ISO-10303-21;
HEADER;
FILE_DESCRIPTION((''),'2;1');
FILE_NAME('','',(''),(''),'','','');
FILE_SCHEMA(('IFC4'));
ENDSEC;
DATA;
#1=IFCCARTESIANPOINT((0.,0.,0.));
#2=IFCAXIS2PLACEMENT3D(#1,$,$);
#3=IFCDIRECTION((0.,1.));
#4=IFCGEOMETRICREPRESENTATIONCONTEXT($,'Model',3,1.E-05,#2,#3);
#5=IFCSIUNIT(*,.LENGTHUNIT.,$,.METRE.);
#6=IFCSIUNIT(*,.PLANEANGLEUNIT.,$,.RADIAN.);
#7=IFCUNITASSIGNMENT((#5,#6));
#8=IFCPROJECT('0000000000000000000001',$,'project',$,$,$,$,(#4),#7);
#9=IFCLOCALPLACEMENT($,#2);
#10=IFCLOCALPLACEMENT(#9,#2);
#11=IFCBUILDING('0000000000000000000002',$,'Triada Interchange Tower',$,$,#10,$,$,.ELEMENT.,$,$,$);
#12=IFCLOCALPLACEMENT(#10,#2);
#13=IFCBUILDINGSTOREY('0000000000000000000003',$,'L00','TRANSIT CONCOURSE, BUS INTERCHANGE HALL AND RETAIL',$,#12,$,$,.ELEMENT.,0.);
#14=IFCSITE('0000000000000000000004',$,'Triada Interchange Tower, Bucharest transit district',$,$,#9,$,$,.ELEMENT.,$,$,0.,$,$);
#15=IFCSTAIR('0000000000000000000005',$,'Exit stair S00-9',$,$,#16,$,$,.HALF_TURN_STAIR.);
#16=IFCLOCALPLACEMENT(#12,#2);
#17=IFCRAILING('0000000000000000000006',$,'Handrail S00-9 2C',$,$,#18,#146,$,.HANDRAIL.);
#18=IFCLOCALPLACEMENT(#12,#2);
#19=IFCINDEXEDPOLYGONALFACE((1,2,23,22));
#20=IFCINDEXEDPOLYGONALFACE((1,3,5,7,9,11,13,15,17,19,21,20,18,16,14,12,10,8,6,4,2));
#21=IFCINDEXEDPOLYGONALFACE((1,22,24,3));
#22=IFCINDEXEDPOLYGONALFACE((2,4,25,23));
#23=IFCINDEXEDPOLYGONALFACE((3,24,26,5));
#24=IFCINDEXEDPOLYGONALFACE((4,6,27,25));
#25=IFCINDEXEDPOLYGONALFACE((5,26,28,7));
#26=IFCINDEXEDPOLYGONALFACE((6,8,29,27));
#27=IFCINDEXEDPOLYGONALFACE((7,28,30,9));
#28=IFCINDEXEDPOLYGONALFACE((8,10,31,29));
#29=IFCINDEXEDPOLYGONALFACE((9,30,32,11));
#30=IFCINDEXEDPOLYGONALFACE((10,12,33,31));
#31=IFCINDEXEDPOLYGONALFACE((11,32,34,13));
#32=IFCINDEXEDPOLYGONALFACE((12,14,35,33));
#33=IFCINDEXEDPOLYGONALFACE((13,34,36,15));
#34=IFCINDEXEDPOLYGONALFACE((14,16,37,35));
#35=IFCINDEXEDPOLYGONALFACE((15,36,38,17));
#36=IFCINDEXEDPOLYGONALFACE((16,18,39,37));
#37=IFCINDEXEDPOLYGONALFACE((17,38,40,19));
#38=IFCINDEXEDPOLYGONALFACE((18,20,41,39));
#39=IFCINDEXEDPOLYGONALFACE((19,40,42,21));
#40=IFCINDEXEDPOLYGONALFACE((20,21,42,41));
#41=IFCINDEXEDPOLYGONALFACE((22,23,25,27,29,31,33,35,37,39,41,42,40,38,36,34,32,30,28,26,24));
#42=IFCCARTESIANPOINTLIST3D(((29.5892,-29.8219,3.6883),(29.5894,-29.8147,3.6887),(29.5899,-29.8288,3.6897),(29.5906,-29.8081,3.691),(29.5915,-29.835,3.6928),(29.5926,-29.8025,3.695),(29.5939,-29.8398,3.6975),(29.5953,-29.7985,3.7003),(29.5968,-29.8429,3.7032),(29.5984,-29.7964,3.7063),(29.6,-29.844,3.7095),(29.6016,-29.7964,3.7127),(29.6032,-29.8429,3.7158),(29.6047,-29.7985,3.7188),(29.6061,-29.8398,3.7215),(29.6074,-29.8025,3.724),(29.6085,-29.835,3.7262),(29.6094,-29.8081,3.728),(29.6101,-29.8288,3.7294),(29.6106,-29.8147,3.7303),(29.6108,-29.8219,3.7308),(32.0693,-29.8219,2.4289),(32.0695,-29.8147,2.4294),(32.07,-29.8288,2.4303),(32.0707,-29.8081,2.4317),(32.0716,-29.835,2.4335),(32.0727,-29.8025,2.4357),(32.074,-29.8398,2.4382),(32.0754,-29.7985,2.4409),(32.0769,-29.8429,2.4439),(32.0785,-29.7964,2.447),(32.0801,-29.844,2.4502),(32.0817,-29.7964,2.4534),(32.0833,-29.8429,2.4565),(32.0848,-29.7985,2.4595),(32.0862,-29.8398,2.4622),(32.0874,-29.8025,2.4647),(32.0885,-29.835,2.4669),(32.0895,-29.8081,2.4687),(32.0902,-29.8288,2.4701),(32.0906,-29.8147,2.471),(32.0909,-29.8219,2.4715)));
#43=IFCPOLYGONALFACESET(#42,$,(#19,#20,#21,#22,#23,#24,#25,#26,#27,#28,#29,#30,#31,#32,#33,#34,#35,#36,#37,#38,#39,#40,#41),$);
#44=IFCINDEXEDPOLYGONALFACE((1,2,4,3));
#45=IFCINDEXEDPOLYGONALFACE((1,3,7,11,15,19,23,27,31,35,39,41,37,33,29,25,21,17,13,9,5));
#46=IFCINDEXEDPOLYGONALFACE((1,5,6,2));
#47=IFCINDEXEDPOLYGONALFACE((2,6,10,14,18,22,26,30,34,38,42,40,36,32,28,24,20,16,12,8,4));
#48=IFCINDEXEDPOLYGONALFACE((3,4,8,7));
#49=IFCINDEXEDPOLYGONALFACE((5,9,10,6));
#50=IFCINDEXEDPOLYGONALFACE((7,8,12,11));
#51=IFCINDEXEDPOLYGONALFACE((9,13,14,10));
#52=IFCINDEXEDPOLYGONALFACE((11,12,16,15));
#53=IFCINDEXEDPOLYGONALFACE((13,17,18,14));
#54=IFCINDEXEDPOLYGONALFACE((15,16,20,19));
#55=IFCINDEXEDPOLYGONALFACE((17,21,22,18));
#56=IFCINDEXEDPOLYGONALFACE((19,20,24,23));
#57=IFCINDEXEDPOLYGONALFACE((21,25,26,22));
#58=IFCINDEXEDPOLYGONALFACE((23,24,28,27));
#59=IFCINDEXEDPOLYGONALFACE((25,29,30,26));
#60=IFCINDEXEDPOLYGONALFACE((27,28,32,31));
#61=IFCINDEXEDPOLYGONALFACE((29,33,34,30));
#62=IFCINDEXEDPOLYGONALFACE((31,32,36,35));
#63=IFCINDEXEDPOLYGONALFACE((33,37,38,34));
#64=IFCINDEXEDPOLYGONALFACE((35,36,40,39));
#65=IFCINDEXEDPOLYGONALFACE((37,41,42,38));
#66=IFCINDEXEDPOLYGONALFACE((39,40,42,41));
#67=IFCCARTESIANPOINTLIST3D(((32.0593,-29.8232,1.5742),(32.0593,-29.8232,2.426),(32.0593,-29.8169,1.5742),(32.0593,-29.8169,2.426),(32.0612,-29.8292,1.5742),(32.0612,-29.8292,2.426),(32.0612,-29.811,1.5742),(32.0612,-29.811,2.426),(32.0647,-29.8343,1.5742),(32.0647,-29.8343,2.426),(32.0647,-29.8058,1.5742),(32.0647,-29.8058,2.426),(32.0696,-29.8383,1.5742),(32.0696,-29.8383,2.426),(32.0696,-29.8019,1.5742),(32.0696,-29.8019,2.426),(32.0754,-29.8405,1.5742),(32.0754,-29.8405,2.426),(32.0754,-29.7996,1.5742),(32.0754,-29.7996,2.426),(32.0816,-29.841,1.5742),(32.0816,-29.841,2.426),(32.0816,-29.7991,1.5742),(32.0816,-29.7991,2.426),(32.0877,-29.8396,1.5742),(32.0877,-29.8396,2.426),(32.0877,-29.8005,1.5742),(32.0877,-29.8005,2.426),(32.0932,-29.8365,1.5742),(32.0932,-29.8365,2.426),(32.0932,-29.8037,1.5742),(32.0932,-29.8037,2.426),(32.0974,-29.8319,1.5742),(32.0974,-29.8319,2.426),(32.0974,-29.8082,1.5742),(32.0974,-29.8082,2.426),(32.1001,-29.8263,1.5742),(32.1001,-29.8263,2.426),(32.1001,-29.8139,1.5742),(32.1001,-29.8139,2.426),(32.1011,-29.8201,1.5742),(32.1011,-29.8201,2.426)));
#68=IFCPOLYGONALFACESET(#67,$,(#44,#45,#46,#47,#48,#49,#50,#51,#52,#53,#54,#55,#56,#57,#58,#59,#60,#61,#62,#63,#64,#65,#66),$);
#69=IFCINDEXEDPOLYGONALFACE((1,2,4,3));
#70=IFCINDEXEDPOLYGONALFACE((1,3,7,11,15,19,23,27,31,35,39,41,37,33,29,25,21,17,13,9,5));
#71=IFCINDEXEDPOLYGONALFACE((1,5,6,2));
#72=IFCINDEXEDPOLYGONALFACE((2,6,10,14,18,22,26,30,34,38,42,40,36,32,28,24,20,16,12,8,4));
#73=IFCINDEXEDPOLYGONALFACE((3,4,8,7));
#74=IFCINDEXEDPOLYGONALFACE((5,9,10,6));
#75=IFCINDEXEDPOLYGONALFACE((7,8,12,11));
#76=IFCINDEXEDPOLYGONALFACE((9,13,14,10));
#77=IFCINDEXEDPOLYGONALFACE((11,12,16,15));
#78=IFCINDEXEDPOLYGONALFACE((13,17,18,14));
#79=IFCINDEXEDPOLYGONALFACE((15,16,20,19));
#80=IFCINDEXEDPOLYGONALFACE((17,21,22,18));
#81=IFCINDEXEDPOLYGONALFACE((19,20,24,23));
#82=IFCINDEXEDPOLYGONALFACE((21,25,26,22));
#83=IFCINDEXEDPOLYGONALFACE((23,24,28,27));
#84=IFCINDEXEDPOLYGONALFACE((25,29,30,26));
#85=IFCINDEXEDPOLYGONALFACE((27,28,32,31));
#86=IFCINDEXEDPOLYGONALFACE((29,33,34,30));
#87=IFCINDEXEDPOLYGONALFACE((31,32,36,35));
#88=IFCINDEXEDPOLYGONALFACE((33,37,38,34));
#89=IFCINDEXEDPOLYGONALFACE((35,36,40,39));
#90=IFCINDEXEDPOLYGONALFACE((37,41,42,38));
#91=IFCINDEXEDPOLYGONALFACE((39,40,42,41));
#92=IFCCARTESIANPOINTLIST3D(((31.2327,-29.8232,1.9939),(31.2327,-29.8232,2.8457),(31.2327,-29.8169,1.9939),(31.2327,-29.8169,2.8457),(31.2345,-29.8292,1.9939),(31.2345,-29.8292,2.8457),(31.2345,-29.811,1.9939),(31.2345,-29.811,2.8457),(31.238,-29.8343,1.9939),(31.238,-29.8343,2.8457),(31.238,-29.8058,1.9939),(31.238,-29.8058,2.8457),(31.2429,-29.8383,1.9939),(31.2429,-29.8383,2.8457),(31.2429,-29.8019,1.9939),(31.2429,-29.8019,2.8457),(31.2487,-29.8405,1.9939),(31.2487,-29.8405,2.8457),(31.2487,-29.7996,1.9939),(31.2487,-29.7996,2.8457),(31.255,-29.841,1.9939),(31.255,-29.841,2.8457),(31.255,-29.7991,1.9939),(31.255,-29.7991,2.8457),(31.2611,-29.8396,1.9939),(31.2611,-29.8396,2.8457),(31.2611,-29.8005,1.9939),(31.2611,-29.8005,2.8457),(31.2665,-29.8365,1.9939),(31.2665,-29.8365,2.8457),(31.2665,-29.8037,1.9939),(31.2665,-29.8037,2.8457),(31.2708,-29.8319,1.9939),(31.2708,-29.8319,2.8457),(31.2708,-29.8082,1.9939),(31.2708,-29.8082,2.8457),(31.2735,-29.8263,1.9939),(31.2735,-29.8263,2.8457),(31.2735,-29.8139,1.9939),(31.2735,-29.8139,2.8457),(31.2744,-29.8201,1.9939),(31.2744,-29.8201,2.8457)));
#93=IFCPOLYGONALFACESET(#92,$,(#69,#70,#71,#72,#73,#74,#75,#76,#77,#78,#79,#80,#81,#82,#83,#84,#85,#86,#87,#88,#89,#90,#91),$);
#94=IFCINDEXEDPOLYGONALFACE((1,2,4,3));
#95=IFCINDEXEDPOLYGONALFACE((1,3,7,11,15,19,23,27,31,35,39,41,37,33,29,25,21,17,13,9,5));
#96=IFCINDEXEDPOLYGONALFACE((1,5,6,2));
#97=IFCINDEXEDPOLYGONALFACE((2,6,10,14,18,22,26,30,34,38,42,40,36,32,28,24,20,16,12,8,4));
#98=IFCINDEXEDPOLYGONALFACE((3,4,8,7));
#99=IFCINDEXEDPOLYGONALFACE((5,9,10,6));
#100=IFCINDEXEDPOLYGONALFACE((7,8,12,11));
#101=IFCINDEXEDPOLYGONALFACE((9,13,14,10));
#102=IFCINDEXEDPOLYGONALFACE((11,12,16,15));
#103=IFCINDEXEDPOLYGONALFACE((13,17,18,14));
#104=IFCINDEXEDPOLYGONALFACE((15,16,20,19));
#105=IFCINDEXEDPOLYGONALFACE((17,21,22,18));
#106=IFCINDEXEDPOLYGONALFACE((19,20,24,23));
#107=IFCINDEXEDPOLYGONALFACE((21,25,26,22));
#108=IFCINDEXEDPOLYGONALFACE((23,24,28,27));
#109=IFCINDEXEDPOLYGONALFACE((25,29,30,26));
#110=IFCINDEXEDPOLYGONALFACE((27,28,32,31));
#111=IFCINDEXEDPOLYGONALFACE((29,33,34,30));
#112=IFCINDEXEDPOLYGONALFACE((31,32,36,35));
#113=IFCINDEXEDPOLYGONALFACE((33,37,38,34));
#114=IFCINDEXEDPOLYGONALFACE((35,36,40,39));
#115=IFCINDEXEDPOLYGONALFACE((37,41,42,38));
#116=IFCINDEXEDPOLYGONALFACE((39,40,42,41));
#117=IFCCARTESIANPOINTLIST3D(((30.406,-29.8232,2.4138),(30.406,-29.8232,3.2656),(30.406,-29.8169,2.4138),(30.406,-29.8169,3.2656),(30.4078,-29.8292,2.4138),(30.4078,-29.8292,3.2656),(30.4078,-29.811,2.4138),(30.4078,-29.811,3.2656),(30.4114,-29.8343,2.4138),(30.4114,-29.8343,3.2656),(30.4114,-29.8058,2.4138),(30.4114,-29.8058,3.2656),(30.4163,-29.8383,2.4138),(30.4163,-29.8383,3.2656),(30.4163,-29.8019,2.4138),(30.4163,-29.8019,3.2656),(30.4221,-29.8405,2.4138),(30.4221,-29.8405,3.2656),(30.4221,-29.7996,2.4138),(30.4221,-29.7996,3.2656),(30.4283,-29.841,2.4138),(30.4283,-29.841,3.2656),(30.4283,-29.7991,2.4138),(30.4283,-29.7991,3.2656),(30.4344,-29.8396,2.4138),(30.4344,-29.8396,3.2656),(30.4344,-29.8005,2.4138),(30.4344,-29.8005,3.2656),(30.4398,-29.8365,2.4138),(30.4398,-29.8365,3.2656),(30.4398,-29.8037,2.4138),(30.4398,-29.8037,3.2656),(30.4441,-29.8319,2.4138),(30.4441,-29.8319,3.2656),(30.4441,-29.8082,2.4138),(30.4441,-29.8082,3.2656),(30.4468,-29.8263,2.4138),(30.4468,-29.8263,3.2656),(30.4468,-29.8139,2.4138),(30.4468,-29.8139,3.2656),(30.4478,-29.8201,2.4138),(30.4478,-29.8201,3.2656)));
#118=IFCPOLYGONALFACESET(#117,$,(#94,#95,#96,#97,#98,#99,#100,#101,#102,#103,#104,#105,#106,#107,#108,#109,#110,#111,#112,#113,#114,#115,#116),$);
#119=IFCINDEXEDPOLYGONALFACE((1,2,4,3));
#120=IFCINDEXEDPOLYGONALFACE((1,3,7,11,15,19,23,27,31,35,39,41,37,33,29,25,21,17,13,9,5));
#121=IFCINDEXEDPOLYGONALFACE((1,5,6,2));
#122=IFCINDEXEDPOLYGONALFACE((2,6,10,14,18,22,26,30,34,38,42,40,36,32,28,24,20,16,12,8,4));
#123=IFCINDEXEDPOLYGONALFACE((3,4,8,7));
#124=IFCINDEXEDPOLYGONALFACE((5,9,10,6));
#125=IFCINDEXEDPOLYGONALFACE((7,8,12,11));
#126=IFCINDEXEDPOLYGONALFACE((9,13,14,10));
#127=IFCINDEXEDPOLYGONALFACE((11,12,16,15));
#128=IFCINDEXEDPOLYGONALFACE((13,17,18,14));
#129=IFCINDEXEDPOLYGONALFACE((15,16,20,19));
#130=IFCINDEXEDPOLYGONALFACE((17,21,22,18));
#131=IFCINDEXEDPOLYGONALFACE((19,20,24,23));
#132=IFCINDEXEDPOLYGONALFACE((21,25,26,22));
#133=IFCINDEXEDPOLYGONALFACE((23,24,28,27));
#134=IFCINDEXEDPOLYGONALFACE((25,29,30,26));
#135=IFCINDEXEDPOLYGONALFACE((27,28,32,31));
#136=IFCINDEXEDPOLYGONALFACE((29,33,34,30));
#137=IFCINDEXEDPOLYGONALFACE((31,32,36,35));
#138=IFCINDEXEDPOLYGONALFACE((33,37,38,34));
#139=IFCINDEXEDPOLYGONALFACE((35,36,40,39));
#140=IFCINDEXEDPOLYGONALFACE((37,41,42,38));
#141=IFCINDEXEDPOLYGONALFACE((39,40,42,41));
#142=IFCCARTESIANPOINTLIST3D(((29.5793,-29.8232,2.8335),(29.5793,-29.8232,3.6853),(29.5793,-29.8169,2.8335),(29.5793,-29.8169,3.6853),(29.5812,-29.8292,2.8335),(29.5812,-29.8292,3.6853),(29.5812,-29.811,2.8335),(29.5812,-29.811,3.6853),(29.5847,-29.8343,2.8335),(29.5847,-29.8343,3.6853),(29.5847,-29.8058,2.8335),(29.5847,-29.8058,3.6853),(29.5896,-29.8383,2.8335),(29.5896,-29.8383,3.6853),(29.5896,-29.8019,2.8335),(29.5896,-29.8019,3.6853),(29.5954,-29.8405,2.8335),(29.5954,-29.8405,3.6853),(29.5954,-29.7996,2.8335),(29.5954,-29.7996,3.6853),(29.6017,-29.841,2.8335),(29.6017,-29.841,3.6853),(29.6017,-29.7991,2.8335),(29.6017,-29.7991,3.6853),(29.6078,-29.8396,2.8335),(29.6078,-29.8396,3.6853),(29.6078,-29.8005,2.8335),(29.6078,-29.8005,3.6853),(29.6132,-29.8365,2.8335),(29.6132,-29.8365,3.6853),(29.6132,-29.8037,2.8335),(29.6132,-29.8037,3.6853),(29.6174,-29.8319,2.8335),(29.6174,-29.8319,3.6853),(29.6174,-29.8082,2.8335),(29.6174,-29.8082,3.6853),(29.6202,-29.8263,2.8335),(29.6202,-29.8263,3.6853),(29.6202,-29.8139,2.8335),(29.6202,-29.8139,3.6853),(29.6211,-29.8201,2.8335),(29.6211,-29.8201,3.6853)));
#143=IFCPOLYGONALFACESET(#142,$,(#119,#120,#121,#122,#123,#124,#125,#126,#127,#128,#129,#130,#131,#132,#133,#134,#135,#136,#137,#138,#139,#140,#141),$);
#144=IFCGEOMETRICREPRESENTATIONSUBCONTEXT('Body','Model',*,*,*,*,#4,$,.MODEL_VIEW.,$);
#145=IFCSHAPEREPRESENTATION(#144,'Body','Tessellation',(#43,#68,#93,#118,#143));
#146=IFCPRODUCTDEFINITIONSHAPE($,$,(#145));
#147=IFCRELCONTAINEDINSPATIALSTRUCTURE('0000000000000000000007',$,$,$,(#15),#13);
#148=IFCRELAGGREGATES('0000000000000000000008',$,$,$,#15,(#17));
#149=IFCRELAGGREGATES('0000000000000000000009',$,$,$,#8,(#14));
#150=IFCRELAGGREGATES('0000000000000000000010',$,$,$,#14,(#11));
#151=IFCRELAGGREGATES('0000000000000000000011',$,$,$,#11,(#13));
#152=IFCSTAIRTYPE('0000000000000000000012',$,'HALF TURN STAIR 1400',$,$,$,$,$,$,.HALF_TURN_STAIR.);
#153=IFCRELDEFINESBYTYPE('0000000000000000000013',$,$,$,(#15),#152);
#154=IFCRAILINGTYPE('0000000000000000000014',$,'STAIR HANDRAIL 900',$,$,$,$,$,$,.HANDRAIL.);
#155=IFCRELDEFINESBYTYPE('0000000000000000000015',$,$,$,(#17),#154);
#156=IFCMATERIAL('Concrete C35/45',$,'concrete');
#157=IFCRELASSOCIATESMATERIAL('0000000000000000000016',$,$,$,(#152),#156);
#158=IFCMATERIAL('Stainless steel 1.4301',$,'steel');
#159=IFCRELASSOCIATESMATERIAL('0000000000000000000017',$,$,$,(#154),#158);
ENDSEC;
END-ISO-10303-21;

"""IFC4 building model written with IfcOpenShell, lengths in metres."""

from ifc_helpers import new_model, si_unit, direction, frame, origin, origin_2d, place, context, subcontext, project, spatial, circle, extrude, material, type_object, element, aggregate, save


model = new_model("IFC4")

# Units and contexts
model_context = context("Model", 3, precision=1e-05, world=origin(), true_north=direction((0.0, 1.0)))
body_context = subcontext(model_context, "Body", "Model", "MODEL_VIEW")
ifc_project = project(units=[si_unit("LENGTHUNIT", "METRE"), si_unit("PLANEANGLEUNIT", "RADIAN")], contexts=[model_context])

# Site, building, storey
site_placement = place(None, origin())
site = spatial("IfcSite", under=ifc_project, at=site_placement, Name="Triada Interchange Tower, Bucharest transit district", CompositionType="ELEMENT", RefElevation=0.0)
building_placement = place(site_placement, origin())
building = spatial("IfcBuilding", under=site, at=building_placement, Name="Triada Interchange Tower", CompositionType="ELEMENT")
storey_placement = place(building_placement, origin())
storey = spatial("IfcBuildingStorey", under=building, at=storey_placement, Name="L00", Description="TRANSIT CONCOURSE, BUS INTERCHANGE HALL AND RETAIL", CompositionType="ELEMENT", Elevation=0.0)

# Stair, railing
ifc_material_1 = material(Name="Concrete C35/45", Category="concrete")
stair_type = type_object("IfcStairType", Name="HALF TURN STAIR 1400", PredefinedType="HALF_TURN_STAIR", material=ifc_material_1)
stair_placement = place(storey_placement, origin())
stair = element("IfcStair", 1, at=stair_placement, inside=storey, type_object=stair_type, Name="Exit stair S00-9", PredefinedType="HALF_TURN_STAIR")
ifc_material_2 = material(Name="Stainless steel 1.4301", Category="steel")
railing_type = type_object("IfcRailingType", Name="STAIR HANDRAIL 900", PredefinedType="HANDRAIL", material=ifc_material_2)
railing_1_placement = place(storey_placement, frame((32.0801, -29.8201, 1.5742)))
railing_1 = element("IfcRailing", 2, at=railing_1_placement, type_object=railing_type, Name="Handrail S00-9 2C", PredefinedType="HANDRAIL", context=body_context, shape_type="SweptSolid", body=[
    extrude(circle(Radius=0.0239, at=origin_2d()), frame((0.0, 0.0, 0.876), z_axis=(-0.891636, 0.0, 0.452752), x_axis=(0.0, -1.0, 0.0)), (0.0, 0.0, 1.0), 2.7815),
    extrude(circle(Radius=0.021, at=origin_2d()), origin(), (0.0, 0.0, 1.0), 0.8518),
    extrude(circle(Radius=0.021, at=origin_2d()), frame((-0.8267, 0.0, 0.4197)), (0.0, 0.0, 1.0), 0.8518),
    extrude(circle(Radius=0.021, at=origin_2d()), frame((-1.6533, 0.0, 0.8396)), (0.0, 0.0, 1.0), 0.8518),
    extrude(circle(Radius=0.021, at=origin_2d()), frame((-2.48, 0.0, 1.2593)), (0.0, 0.0, 1.0), 0.8518),
])
aggregate(stair, [railing_1])

save(model, "model.ifc")
